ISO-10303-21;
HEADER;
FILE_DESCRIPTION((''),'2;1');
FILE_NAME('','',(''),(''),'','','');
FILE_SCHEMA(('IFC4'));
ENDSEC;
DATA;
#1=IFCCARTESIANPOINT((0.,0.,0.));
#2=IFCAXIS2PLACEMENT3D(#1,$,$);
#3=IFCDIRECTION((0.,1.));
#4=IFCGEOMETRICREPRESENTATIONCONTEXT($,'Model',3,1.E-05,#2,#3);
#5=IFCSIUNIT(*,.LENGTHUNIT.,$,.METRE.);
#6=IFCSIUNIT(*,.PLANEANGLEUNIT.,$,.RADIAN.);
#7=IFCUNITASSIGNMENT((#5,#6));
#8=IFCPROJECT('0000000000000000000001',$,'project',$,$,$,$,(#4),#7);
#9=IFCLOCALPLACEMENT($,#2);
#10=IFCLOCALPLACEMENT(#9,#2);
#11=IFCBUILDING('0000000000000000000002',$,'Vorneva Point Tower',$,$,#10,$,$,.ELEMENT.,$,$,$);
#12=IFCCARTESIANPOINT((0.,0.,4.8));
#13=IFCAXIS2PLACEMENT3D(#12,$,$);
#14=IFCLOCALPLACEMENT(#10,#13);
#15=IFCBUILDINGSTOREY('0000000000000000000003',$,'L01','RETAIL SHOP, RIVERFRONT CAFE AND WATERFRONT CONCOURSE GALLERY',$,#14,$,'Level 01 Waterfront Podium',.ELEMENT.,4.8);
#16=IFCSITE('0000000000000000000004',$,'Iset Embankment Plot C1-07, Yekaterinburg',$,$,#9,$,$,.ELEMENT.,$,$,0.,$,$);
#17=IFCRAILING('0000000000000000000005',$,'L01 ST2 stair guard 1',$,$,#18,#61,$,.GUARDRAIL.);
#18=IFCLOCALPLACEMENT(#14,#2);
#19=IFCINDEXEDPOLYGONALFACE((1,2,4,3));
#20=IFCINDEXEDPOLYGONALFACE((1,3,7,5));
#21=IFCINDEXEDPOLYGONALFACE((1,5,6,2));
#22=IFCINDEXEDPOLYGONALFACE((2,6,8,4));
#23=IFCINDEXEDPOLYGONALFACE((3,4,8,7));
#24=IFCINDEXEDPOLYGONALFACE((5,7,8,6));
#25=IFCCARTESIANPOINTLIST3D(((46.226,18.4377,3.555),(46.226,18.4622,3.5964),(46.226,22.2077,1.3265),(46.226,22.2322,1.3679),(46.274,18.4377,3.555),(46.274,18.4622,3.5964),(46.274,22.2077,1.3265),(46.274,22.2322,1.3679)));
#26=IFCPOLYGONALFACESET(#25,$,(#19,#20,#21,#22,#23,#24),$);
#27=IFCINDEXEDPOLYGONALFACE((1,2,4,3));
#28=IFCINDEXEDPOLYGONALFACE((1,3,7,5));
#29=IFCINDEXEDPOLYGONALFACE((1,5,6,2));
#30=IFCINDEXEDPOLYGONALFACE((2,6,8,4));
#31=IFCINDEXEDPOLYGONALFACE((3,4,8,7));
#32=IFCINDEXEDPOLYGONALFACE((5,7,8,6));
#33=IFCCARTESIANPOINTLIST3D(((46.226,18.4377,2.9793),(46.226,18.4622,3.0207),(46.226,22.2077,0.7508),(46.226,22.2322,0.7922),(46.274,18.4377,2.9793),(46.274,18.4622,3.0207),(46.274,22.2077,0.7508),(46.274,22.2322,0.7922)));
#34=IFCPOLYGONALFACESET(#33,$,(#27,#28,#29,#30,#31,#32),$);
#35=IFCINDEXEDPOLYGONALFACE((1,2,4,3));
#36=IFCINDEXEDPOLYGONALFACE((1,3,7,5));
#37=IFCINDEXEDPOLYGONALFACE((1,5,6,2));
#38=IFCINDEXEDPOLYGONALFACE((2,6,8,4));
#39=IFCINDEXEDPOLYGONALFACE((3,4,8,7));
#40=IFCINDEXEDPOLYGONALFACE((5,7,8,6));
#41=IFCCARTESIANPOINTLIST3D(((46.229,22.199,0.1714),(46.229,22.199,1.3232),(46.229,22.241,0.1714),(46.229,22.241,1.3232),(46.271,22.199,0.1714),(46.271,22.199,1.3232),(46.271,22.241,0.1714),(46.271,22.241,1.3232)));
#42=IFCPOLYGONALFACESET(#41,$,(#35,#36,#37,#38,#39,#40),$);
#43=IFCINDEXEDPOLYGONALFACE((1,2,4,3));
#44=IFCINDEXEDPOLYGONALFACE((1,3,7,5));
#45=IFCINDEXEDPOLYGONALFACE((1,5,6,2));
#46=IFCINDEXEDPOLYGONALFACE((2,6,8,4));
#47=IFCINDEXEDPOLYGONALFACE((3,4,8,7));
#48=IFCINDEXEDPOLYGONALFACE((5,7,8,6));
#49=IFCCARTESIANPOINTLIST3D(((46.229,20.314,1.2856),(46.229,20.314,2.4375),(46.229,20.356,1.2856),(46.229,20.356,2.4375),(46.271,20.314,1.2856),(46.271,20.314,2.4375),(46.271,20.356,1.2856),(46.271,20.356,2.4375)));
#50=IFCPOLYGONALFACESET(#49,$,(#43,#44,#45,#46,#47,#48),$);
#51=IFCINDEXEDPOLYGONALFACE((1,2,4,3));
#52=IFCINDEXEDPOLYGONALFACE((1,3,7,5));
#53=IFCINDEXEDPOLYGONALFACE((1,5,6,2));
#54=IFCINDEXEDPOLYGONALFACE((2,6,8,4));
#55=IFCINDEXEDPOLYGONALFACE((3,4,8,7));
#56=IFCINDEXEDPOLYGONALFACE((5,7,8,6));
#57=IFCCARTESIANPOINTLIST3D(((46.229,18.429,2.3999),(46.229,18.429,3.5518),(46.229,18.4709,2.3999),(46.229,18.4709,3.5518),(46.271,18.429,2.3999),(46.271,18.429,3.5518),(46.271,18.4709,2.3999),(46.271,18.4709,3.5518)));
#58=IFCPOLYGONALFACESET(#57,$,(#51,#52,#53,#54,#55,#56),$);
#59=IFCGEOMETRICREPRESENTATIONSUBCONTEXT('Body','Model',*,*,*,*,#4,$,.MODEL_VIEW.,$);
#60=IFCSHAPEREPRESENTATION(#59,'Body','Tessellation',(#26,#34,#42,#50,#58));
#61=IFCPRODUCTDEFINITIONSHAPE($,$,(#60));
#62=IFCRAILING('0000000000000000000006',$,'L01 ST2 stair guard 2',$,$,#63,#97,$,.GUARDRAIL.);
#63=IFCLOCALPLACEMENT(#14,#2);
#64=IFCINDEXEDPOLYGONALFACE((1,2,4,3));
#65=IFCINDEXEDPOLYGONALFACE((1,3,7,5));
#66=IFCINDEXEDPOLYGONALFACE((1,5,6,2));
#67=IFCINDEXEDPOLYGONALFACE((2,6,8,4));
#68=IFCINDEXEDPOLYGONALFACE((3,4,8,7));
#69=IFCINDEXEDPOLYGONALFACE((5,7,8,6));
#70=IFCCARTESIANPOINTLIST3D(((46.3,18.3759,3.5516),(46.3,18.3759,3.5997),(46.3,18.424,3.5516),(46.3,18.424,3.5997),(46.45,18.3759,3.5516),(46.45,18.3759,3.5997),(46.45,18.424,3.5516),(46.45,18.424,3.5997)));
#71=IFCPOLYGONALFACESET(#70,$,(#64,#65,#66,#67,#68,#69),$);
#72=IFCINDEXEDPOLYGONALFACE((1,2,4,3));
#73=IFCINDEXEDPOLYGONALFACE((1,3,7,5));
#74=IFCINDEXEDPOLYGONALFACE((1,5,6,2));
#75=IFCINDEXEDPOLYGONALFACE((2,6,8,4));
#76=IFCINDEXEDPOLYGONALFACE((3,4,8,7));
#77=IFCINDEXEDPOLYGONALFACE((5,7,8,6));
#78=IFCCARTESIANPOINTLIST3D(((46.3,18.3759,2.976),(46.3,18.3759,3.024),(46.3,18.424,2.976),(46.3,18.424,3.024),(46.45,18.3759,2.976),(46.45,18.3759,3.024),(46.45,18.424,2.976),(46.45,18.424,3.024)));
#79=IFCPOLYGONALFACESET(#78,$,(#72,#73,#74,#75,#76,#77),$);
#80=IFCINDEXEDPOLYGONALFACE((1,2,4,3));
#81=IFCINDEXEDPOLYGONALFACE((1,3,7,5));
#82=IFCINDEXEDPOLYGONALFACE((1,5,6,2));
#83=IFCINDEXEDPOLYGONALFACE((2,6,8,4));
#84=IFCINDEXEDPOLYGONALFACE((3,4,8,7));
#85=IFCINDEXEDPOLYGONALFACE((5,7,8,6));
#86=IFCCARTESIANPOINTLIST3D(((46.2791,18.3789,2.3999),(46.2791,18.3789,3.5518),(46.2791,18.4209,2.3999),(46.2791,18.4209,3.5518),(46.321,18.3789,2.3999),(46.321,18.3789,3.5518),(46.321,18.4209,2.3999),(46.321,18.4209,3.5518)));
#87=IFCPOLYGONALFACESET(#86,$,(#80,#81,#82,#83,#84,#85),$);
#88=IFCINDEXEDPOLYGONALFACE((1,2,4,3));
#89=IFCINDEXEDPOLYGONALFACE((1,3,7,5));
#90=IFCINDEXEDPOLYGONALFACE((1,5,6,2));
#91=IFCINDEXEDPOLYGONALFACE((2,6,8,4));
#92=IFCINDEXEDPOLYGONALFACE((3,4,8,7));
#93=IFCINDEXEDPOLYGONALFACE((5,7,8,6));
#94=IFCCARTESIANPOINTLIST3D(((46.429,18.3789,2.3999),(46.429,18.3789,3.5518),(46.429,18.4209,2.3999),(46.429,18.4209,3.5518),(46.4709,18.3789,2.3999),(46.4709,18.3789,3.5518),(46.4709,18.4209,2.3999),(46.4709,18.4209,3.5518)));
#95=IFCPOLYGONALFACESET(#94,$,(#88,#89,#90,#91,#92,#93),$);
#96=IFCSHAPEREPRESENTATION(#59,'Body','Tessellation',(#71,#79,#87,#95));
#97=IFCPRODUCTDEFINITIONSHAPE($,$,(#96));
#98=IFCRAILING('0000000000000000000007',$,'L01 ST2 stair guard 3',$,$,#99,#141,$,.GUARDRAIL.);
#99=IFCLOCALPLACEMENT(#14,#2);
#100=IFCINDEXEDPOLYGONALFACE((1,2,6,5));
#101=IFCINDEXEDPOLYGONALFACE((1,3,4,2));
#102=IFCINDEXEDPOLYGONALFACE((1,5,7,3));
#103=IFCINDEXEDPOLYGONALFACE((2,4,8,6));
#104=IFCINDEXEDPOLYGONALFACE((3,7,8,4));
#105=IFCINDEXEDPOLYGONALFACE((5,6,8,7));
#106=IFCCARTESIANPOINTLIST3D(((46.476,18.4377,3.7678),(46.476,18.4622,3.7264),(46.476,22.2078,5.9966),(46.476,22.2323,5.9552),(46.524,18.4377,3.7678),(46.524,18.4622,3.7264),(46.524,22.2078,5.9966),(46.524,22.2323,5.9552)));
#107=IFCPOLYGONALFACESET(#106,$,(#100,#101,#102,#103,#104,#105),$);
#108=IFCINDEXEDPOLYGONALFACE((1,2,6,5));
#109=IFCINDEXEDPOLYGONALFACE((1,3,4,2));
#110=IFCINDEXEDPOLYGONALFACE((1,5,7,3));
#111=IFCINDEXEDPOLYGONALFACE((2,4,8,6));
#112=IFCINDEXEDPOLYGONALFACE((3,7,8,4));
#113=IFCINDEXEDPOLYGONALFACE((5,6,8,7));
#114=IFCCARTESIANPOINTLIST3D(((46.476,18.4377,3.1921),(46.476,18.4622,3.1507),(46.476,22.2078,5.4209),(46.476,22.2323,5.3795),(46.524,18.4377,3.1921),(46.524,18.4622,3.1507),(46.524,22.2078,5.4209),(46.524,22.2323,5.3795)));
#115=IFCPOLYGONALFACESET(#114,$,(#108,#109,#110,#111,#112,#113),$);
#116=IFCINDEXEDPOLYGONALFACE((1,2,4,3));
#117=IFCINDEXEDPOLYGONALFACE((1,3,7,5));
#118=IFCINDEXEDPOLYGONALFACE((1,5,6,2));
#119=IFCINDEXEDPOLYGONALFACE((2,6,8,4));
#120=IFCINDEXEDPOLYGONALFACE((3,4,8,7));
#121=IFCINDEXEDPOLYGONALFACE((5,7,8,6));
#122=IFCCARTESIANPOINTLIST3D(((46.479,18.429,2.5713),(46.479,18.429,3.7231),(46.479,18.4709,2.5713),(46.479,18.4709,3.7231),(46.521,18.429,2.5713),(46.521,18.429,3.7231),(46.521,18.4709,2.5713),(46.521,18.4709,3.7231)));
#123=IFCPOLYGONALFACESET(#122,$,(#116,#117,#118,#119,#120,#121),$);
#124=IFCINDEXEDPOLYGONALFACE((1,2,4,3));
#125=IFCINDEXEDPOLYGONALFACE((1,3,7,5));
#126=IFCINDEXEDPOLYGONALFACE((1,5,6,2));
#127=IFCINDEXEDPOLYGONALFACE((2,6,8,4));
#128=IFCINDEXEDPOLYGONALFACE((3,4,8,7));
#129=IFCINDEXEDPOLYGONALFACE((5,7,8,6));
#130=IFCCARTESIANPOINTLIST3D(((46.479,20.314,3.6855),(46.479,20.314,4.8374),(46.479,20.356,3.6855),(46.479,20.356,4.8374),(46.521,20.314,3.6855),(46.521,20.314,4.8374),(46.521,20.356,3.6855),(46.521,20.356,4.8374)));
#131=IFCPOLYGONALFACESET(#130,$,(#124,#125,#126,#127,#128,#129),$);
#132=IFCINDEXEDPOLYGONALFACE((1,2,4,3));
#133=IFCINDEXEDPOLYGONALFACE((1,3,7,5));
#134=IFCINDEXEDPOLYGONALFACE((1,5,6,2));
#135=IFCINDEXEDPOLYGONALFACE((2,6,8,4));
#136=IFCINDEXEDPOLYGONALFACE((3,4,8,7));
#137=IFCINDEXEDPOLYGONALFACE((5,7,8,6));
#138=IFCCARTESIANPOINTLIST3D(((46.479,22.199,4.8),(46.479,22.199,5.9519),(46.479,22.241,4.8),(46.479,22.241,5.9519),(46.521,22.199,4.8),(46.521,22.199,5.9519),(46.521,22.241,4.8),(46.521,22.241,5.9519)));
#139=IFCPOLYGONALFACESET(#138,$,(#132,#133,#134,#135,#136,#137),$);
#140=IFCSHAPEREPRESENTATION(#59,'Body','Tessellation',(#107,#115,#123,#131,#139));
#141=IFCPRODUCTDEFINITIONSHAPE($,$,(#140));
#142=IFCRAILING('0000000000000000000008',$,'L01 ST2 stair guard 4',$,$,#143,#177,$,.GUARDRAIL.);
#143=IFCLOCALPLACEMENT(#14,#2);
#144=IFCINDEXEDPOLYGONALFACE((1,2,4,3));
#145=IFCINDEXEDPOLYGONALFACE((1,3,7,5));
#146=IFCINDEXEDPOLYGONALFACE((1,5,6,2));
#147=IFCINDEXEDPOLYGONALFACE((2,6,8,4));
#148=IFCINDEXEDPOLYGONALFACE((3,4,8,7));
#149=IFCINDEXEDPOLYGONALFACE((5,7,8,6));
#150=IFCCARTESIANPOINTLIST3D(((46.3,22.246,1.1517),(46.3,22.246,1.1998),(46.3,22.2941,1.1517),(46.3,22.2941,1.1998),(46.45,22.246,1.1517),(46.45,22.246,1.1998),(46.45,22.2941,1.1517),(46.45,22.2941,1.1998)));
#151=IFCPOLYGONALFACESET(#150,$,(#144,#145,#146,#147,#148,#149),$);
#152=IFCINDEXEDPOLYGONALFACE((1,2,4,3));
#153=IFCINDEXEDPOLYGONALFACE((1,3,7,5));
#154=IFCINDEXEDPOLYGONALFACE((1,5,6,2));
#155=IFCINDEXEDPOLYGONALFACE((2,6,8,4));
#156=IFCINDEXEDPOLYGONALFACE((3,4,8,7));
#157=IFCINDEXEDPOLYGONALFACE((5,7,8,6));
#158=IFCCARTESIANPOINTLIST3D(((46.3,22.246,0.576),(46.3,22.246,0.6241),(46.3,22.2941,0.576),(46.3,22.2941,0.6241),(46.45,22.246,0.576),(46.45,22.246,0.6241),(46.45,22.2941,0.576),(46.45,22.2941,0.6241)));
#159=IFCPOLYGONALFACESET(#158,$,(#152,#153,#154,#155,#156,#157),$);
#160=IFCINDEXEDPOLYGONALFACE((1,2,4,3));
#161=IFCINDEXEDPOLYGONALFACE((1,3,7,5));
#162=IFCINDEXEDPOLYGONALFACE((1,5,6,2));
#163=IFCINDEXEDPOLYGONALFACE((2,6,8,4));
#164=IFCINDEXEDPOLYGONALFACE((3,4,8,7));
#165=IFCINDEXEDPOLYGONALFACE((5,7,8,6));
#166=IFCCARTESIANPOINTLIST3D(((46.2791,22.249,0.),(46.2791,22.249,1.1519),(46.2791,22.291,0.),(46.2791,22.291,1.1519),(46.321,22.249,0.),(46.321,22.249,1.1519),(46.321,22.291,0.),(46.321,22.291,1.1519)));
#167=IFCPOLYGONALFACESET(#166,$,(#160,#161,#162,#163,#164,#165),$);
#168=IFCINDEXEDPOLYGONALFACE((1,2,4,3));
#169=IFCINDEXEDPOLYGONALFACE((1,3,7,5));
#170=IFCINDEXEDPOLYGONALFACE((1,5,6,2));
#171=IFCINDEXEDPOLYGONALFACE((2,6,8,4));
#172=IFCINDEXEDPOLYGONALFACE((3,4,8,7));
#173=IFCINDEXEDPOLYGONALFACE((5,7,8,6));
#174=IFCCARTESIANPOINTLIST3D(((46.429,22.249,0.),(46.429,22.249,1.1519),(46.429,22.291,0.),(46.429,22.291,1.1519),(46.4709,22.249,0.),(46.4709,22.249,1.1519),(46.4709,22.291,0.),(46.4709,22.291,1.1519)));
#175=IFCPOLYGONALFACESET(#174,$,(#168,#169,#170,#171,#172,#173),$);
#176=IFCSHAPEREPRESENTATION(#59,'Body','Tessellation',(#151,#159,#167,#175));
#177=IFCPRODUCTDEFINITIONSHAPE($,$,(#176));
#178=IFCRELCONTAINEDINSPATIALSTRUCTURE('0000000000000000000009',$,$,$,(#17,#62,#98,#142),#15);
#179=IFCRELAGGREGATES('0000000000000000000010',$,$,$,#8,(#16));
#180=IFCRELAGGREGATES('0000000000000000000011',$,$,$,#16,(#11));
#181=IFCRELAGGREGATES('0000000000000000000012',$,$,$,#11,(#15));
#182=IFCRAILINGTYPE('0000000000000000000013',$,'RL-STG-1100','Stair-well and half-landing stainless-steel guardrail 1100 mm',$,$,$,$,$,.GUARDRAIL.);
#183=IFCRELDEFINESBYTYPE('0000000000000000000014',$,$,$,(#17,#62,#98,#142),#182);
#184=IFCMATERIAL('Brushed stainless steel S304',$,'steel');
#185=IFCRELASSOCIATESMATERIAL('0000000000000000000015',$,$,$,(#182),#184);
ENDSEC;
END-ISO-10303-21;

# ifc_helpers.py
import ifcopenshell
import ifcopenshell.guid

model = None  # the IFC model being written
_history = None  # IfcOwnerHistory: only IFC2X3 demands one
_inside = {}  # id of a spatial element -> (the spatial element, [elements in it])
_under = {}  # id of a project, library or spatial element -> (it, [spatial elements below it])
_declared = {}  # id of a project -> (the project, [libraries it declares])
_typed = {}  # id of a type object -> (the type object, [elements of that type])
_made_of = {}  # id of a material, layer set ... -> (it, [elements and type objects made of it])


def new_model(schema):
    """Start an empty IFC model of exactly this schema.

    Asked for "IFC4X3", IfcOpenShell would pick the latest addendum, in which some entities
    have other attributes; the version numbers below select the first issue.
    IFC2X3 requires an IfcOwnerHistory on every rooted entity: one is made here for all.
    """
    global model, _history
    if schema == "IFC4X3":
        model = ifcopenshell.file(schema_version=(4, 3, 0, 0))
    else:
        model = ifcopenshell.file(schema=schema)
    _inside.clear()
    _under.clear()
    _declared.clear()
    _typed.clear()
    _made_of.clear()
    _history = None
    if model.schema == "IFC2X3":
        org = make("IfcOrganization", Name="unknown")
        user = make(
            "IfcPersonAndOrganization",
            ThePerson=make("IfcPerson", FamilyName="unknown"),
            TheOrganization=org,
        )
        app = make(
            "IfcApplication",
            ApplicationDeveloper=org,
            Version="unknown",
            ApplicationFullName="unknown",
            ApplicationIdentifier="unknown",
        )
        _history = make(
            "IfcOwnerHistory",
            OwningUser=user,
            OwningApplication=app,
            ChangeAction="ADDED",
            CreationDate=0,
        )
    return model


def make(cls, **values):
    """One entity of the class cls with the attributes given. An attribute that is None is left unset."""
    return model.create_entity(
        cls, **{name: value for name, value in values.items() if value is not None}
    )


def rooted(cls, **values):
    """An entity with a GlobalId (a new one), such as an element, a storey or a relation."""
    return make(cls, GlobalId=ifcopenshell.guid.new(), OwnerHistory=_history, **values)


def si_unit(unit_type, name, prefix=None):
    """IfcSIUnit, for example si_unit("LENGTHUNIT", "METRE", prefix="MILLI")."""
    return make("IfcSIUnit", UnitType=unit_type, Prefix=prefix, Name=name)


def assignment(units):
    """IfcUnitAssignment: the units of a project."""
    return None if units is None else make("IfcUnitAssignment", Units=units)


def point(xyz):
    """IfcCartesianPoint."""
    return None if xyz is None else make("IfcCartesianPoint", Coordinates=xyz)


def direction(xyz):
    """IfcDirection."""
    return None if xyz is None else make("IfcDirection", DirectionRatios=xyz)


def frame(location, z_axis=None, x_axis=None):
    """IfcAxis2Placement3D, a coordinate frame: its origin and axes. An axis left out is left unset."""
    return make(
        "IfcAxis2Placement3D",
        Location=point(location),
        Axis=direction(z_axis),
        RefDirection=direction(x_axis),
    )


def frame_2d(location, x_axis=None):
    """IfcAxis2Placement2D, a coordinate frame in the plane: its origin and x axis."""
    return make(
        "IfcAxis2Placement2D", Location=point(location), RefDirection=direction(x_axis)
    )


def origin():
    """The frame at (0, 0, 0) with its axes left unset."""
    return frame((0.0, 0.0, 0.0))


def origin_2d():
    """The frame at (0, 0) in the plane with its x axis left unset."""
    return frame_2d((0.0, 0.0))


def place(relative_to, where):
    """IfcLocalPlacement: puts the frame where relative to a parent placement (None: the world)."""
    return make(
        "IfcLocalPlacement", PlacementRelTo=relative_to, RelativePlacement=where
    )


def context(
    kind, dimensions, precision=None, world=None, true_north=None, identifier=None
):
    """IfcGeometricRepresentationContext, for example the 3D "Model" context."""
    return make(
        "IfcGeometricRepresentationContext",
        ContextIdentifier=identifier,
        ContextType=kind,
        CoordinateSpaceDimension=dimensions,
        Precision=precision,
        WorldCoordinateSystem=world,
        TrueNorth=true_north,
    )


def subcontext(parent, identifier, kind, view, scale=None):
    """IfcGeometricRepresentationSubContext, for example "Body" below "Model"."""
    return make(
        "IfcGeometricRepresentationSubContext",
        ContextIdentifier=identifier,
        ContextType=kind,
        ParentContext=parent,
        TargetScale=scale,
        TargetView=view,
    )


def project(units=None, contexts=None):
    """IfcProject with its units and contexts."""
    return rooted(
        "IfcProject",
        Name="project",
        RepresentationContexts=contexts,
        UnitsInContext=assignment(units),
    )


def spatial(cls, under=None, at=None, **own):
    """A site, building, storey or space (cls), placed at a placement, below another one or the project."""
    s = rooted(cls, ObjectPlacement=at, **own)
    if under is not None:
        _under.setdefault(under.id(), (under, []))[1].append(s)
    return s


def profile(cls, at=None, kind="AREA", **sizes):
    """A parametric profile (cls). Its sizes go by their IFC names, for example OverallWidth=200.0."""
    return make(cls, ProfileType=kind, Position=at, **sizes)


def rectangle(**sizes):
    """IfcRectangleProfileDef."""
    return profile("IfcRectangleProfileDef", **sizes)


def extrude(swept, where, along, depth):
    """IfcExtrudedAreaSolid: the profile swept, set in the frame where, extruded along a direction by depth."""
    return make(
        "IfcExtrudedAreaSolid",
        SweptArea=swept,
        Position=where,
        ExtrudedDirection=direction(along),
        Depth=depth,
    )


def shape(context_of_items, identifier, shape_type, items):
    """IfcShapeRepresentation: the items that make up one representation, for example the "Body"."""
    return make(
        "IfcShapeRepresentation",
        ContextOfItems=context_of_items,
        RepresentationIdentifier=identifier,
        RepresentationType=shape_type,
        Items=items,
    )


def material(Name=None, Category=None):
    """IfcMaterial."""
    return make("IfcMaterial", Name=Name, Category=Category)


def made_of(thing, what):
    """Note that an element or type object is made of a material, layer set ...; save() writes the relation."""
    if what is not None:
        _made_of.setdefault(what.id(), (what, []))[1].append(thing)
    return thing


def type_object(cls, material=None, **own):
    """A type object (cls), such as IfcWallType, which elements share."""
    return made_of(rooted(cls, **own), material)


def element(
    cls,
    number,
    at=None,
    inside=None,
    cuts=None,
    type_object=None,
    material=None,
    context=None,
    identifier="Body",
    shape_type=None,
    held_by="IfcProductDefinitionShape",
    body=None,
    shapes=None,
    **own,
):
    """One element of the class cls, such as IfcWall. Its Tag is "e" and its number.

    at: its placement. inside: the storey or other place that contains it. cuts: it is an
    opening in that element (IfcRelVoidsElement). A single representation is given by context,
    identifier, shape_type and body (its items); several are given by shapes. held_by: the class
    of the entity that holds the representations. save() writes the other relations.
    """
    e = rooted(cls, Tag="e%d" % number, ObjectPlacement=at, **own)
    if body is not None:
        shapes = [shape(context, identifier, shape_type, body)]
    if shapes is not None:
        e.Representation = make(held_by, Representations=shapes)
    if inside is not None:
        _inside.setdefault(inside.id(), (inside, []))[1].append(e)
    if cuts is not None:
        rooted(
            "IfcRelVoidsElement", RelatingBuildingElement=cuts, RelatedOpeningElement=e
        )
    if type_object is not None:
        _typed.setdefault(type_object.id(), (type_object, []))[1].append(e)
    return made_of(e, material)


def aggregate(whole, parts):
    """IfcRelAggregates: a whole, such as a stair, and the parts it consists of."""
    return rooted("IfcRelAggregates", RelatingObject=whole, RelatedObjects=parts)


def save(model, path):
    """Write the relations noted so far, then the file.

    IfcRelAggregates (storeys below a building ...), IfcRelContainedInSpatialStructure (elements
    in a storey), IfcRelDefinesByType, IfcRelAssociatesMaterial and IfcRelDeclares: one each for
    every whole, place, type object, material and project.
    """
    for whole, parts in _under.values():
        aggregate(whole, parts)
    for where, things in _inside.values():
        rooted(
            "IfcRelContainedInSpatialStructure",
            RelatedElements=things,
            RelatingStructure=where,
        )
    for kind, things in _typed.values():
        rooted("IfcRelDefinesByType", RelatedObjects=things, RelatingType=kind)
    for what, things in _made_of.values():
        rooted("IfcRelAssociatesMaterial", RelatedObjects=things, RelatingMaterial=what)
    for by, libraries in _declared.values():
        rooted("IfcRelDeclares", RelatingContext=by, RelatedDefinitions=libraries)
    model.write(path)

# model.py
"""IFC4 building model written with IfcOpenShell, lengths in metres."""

from ifc_helpers import new_model, si_unit, direction, frame, origin, origin_2d, place, context, subcontext, project, spatial, rectangle, extrude, material, type_object, element, save


model = new_model("IFC4")

# Units and contexts
model_context = context("Model", 3, precision=1e-05, world=origin(), true_north=direction((0.0, 1.0)))
body_context = subcontext(model_context, "Body", "Model", "MODEL_VIEW")
ifc_project = project(units=[si_unit("LENGTHUNIT", "METRE"), si_unit("PLANEANGLEUNIT", "RADIAN")], contexts=[model_context])

# Site, building, storey
site_placement = place(None, origin())
site = spatial("IfcSite", under=ifc_project, at=site_placement, Name="Iset Embankment Plot C1-07, Yekaterinburg", CompositionType="ELEMENT", RefElevation=0.0)
building_placement = place(site_placement, origin())
building = spatial("IfcBuilding", under=site, at=building_placement, Name="Vorneva Point Tower", CompositionType="ELEMENT")
storey_placement = place(building_placement, frame((0.0, 0.0, 4.8)))
storey = spatial("IfcBuildingStorey", under=building, at=storey_placement, Name="L01", Description="RETAIL SHOP, RIVERFRONT CAFE AND WATERFRONT CONCOURSE GALLERY", LongName="Level 01 Waterfront Podium", CompositionType="ELEMENT", Elevation=4.8)

# Railings
ifc_material_1 = material(Name="Brushed stainless steel S304", Category="steel")
railing_type_1 = type_object("IfcRailingType", Name="RL-STG-1100", Description="Stair-well and half-landing stainless-steel guardrail 1100 mm", PredefinedType="GUARDRAIL", material=ifc_material_1)
railing_1_placement = place(storey_placement, frame((46.25, 22.22, 0.1714)))
element("IfcRailing", 1, at=railing_1_placement, inside=storey, type_object=railing_type_1, Name="L01 ST2 stair guard 1", PredefinedType="GUARDRAIL", context=body_context, shape_type="SweptSolid", body=[
    extrude(rectangle(XDim=0.0481, YDim=0.0481, at=origin_2d()), frame((0.0, 0.0, 1.1758), z_axis=(0.0, -0.860849, 0.508861), x_axis=(1.0, 0.0, 0.0)), (0.0, 0.0, 1.0), 4.3794),
    extrude(rectangle(XDim=0.0481, YDim=0.0481, at=origin_2d()), frame((0.0, 0.0, 0.6001), z_axis=(0.0, -0.860849, 0.508861), x_axis=(1.0, 0.0, 0.0)), (0.0, 0.0, 1.0), 4.3794),
    extrude(rectangle(XDim=0.042, YDim=0.042, at=origin_2d()), origin(), (0.0, 0.0, 1.0), 1.1519),
    extrude(rectangle(XDim=0.042, YDim=0.042, at=origin_2d()), frame((0.0, -1.885, 1.1143)), (0.0, 0.0, 1.0), 1.1519),
    extrude(rectangle(XDim=0.042, YDim=0.042, at=origin_2d()), frame((0.0, -3.77, 2.2285)), (0.0, 0.0, 1.0), 1.1519),
])
railing_2_placement = place(storey_placement, frame((46.3, 18.3999, 2.3999)))
element("IfcRailing", 2, at=railing_2_placement, inside=storey, type_object=railing_type_1, Name="L01 ST2 stair guard 2", PredefinedType="GUARDRAIL", context=body_context, shape_type="SweptSolid", body=[
    extrude(rectangle(XDim=0.0481, YDim=0.0481, at=origin_2d()), frame((0.0, 0.0, 1.1758), z_axis=(1.0, 0.0, 0.0), x_axis=(0.0, 1.0, 0.0)), (0.0, 0.0, 1.0), 0.1499),
    extrude(rectangle(XDim=0.0481, YDim=0.0481, at=origin_2d()), frame((0.0, 0.0, 0.6001), z_axis=(1.0, 0.0, 0.0), x_axis=(0.0, 1.0, 0.0)), (0.0, 0.0, 1.0), 0.1499),
    extrude(rectangle(XDim=0.042, YDim=0.042, at=origin_2d()), origin(), (0.0, 0.0, 1.0), 1.1519),
    extrude(rectangle(XDim=0.042, YDim=0.042, at=origin_2d()), frame((0.1499, 0.0, 0.0)), (0.0, 0.0, 1.0), 1.1519),
])
railing_3_placement = place(storey_placement, frame((46.5, 18.45, 2.5713)))
element("IfcRailing", 3, at=railing_3_placement, inside=storey, type_object=railing_type_1, Name="L01 ST2 stair guard 3", PredefinedType="GUARDRAIL", context=body_context, shape_type="SweptSolid", body=[
    extrude(rectangle(XDim=0.0481, YDim=0.0481, at=origin_2d()), frame((0.0, 0.0, 1.1758), z_axis=(0.0, 0.860824, 0.508902), x_axis=(-1.0, 0.0, 0.0)), (0.0, 0.0, 1.0), 4.3796),
    extrude(rectangle(XDim=0.0481, YDim=0.0481, at=origin_2d()), frame((0.0, 0.0, 0.6001), z_axis=(0.0, 0.860824, 0.508902), x_axis=(-1.0, 0.0, 0.0)), (0.0, 0.0, 1.0), 4.3796),
    extrude(rectangle(XDim=0.042, YDim=0.042, at=origin_2d()), origin(), (0.0, 0.0, 1.0), 1.1519),
    extrude(rectangle(XDim=0.042, YDim=0.042, at=origin_2d()), frame((0.0, 1.885, 1.1143)), (0.0, 0.0, 1.0), 1.1519),
    extrude(rectangle(XDim=0.042, YDim=0.042, at=origin_2d()), frame((0.0, 3.77, 2.2288)), (0.0, 0.0, 1.0), 1.1519),
])
railing_4_placement = place(storey_placement, frame((46.3, 22.27, 0.0)))
element("IfcRailing", 4, at=railing_4_placement, inside=storey, type_object=railing_type_1, Name="L01 ST2 stair guard 4", PredefinedType="GUARDRAIL", context=body_context, shape_type="SweptSolid", body=[
    extrude(rectangle(XDim=0.0481, YDim=0.0481, at=origin_2d()), frame((0.0, 0.0, 1.1758), z_axis=(1.0, 0.0, 0.0), x_axis=(0.0, 1.0, 0.0)), (0.0, 0.0, 1.0), 0.1499),
    extrude(rectangle(XDim=0.0481, YDim=0.0481, at=origin_2d()), frame((0.0, 0.0, 0.6001), z_axis=(1.0, 0.0, 0.0), x_axis=(0.0, 1.0, 0.0)), (0.0, 0.0, 1.0), 0.1499),
    extrude(rectangle(XDim=0.042, YDim=0.042, at=origin_2d()), origin(), (0.0, 0.0, 1.0), 1.1519),
    extrude(rectangle(XDim=0.042, YDim=0.042, at=origin_2d()), frame((0.1499, 0.0, 0.0)), (0.0, 0.0, 1.0), 1.1519),
])

save(model, "model.ifc")
